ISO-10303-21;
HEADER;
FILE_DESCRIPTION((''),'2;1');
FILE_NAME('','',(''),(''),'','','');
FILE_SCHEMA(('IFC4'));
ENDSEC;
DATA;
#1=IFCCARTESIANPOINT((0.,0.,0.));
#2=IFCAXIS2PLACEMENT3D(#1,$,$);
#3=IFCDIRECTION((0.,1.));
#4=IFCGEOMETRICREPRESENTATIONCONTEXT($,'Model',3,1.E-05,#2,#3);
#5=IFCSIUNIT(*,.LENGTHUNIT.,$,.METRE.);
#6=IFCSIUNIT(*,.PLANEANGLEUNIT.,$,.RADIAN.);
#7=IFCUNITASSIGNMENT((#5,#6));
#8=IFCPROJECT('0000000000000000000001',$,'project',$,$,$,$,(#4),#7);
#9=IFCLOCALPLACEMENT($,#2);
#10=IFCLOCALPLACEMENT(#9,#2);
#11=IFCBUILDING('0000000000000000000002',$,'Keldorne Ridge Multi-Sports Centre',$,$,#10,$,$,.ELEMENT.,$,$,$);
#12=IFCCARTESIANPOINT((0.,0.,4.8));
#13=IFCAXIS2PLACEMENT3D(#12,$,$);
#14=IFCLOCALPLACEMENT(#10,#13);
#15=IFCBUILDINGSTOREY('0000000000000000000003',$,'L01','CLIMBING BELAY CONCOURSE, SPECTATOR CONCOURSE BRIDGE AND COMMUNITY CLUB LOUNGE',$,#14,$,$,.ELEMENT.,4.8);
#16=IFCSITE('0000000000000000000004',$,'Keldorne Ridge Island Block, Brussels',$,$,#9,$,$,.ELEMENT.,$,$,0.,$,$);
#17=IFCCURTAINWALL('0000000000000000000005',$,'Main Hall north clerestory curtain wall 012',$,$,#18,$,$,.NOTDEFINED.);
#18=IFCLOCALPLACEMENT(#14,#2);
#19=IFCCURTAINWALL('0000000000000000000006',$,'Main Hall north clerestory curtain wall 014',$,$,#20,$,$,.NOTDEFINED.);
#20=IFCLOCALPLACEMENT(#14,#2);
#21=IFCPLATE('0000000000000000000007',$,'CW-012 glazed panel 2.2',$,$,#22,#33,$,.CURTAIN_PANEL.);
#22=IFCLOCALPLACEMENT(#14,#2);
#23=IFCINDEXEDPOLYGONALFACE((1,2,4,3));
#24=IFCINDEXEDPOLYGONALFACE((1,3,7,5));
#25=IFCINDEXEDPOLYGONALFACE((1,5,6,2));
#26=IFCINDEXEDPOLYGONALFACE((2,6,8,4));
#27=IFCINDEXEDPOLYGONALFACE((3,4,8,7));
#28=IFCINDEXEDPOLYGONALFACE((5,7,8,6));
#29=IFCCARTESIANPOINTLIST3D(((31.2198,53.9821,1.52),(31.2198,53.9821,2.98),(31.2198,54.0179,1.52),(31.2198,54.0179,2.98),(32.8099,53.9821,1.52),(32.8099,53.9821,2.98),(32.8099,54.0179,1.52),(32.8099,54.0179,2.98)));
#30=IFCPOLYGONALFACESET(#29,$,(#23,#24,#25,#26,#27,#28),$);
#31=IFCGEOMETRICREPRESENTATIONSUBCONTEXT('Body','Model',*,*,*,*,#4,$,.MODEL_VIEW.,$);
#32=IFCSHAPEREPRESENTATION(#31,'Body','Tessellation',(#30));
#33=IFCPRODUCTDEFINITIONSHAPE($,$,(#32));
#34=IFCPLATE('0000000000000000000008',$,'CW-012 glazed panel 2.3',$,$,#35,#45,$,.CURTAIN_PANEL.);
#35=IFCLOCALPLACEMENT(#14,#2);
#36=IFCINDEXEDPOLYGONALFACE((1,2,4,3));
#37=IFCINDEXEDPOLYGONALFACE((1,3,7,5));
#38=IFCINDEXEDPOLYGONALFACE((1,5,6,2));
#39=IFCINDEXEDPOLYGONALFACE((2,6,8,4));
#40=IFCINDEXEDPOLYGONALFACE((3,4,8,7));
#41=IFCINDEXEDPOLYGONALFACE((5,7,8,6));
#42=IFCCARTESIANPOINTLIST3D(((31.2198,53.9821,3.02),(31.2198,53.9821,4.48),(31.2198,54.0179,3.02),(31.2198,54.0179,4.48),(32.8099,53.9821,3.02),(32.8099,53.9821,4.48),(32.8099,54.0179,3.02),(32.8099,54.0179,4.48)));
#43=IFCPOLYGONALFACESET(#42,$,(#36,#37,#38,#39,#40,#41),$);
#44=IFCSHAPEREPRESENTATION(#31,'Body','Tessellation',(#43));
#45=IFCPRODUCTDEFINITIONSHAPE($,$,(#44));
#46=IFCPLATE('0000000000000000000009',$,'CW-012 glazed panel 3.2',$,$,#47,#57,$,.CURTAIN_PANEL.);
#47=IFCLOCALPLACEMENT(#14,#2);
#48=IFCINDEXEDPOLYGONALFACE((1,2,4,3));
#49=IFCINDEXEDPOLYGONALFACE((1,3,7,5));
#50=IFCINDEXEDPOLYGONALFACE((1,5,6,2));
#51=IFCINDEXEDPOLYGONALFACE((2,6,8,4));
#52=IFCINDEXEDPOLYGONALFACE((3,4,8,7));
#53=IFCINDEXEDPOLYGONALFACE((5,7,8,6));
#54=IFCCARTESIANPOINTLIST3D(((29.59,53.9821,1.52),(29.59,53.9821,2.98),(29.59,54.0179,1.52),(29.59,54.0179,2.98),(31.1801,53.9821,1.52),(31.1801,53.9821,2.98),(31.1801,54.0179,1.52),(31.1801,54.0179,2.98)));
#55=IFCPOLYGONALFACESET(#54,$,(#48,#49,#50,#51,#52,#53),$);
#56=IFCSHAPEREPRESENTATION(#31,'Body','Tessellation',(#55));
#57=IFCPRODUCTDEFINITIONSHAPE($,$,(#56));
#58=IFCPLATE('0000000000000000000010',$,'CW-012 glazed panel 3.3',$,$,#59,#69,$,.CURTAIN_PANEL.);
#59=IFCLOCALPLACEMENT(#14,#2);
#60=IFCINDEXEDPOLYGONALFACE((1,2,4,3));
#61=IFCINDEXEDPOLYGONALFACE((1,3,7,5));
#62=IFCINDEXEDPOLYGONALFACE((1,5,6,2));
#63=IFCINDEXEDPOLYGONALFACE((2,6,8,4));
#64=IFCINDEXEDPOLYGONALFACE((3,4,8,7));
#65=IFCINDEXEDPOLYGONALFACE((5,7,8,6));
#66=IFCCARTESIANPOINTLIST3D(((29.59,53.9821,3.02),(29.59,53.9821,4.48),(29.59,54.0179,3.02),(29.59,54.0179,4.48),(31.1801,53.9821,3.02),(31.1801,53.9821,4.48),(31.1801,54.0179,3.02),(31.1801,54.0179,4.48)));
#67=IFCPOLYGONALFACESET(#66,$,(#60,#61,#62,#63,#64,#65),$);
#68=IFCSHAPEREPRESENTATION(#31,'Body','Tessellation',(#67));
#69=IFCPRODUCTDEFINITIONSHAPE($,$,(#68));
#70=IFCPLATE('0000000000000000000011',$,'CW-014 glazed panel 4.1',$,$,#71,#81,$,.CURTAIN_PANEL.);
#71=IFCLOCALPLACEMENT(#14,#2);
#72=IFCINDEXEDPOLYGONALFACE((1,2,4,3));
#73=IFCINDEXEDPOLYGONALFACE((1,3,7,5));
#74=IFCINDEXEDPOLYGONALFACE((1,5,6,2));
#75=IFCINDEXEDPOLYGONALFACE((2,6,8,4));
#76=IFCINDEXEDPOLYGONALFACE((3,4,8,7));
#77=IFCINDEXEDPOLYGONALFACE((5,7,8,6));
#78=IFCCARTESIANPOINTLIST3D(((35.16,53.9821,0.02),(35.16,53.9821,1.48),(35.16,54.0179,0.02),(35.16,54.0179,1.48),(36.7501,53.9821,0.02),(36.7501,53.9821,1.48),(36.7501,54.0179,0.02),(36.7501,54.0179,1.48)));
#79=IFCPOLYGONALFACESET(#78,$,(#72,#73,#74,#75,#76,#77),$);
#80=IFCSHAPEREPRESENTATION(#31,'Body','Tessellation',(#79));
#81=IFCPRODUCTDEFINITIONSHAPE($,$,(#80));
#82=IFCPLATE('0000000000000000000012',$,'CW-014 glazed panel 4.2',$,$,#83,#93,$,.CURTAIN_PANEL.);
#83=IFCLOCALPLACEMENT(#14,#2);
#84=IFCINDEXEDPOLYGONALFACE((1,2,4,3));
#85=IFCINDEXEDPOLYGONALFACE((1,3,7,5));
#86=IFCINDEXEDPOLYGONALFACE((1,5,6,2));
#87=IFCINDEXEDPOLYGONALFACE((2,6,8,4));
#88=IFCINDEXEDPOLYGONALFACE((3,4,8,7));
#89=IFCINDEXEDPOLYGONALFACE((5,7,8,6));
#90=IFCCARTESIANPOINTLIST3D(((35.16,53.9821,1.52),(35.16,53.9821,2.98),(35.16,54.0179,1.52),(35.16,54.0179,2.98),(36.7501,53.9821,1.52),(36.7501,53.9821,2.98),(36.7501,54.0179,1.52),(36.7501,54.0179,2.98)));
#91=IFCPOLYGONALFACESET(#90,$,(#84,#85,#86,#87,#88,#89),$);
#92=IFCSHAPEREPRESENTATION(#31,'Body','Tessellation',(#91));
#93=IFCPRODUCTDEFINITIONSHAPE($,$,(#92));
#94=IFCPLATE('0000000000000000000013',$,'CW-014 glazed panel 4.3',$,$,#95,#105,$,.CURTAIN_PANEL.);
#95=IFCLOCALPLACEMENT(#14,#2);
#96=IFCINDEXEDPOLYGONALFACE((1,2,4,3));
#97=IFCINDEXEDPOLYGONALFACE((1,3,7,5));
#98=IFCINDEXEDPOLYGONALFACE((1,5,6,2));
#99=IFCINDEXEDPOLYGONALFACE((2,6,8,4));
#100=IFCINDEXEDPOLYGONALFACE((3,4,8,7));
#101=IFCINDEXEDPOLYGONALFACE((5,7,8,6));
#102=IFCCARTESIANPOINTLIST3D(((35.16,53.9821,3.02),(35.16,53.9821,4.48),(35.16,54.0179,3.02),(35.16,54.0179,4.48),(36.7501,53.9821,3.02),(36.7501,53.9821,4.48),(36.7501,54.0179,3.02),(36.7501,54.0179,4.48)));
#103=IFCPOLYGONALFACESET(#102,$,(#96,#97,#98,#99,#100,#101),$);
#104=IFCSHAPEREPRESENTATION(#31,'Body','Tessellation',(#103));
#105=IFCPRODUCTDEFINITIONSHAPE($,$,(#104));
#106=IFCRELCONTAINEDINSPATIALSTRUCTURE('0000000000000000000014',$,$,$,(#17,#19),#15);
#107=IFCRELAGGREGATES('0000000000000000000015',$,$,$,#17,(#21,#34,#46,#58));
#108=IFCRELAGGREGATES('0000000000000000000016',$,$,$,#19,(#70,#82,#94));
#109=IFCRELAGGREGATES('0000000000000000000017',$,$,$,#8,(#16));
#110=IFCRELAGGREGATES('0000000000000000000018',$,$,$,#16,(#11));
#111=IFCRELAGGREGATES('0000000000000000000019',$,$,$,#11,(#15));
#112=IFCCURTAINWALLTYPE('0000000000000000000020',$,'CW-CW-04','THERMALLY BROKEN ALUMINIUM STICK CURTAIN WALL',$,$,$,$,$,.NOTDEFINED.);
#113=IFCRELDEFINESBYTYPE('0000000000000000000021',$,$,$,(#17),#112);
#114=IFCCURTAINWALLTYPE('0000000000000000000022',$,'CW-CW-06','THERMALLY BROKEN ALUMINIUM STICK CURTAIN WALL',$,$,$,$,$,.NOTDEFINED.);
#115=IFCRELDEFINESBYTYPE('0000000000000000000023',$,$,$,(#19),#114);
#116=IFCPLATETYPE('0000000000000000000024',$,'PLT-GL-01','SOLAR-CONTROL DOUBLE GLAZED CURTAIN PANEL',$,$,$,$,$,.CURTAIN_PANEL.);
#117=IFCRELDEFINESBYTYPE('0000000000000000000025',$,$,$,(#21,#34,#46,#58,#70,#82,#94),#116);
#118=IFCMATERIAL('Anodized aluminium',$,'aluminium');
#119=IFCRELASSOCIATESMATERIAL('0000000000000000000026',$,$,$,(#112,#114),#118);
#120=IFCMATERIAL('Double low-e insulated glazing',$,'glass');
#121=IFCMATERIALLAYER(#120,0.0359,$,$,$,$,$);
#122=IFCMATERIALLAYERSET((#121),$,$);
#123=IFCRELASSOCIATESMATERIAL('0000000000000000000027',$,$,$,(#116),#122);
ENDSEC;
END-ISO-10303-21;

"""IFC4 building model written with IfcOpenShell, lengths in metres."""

from ifc_helpers import new_model, si_unit, direction, frame, origin, origin_2d, place, context, subcontext, project, spatial, rectangle, extrude, material, layer, layer_set, type_object, element, aggregate, save


model = new_model("IFC4")

# Units and contexts
model_context = context("Model", 3, precision=1e-05, world=origin(), true_north=direction((0.0, 1.0)))
body_context = subcontext(model_context, "Body", "Model", "MODEL_VIEW")
ifc_project = project(units=[si_unit("LENGTHUNIT", "METRE"), si_unit("PLANEANGLEUNIT", "RADIAN")], contexts=[model_context])

# Site, building, storey
site_placement = place(None, origin())
site = spatial("IfcSite", under=ifc_project, at=site_placement, Name="Keldorne Ridge Island Block, Brussels", CompositionType="ELEMENT", RefElevation=0.0)
building_placement = place(site_placement, origin())
building = spatial("IfcBuilding", under=site, at=building_placement, Name="Keldorne Ridge Multi-Sports Centre", CompositionType="ELEMENT")
storey_placement = place(building_placement, frame((0.0, 0.0, 4.8)))
storey = spatial("IfcBuildingStorey", under=building, at=storey_placement, Name="L01", Description="CLIMBING BELAY CONCOURSE, SPECTATOR CONCOURSE BRIDGE AND COMMUNITY CLUB LOUNGE", CompositionType="ELEMENT", Elevation=4.8)

# Curtain walls
ifc_material_1 = material(Name="Anodized aluminium", Category="aluminium")
curtain_wall_type_1 = type_object("IfcCurtainWallType", Name="CW-CW-04", Description="THERMALLY BROKEN ALUMINIUM STICK CURTAIN WALL", PredefinedType="NOTDEFINED", material=ifc_material_1)
curtain_wall_1_placement = place(storey_placement, origin())
curtain_wall_1 = element("IfcCurtainWall", 1, at=curtain_wall_1_placement, inside=storey, type_object=curtain_wall_type_1, Name="Main Hall north clerestory curtain wall 012", PredefinedType="NOTDEFINED")
curtain_wall_type_2 = type_object("IfcCurtainWallType", Name="CW-CW-06", Description="THERMALLY BROKEN ALUMINIUM STICK CURTAIN WALL", PredefinedType="NOTDEFINED", material=ifc_material_1)
curtain_wall_2_placement = place(storey_placement, origin())
curtain_wall_2 = element("IfcCurtainWall", 2, at=curtain_wall_2_placement, inside=storey, type_object=curtain_wall_type_2, Name="Main Hall north clerestory curtain wall 014", PredefinedType="NOTDEFINED")

# Plates
ifc_material_2 = material(Name="Double low-e insulated glazing", Category="glass")
ifc_layer = layer(ifc_material_2, 0.0359)
ifc_layer_set = layer_set([ifc_layer])
plate_type = type_object("IfcPlateType", Name="PLT-GL-01", Description="SOLAR-CONTROL DOUBLE GLAZED CURTAIN PANEL", PredefinedType="CURTAIN_PANEL", material=ifc_layer_set)
plate_1_placement = place(storey_placement, frame((32.0149, 54.0, 1.52), z_axis=(0.0, 0.0, 1.0), x_axis=(-1.0, 0.0, 0.0)))
plate_1 = element("IfcPlate", 3, at=plate_1_placement, type_object=plate_type, Name="CW-012 glazed panel 2.2", PredefinedType="CURTAIN_PANEL", context=body_context, shape_type="SweptSolid", body=[
    extrude(rectangle(XDim=1.5901, YDim=0.0359, at=origin_2d()), origin(), (0.0, 0.0, 1.0), 1.46),
])
plate_2_placement = place(storey_placement, frame((32.0149, 54.0, 3.02), z_axis=(0.0, 0.0, 1.0), x_axis=(-1.0, 0.0, 0.0)))
plate_2 = element("IfcPlate", 4, at=plate_2_placement, type_object=plate_type, Name="CW-012 glazed panel 2.3", PredefinedType="CURTAIN_PANEL", context=body_context, shape_type="SweptSolid", body=[
    extrude(rectangle(XDim=1.5901, YDim=0.0359, at=origin_2d()), origin(), (0.0, 0.0, 1.0), 1.46),
])
plate_3_placement = place(storey_placement, frame((30.385, 54.0, 1.52), z_axis=(0.0, 0.0, 1.0), x_axis=(-1.0, 0.0, 0.0)))
plate_3 = element("IfcPlate", 5, at=plate_3_placement, type_object=plate_type, Name="CW-012 glazed panel 3.2", PredefinedType="CURTAIN_PANEL", context=body_context, shape_type="SweptSolid", body=[
    extrude(rectangle(XDim=1.5901, YDim=0.0359, at=origin_2d()), origin(), (0.0, 0.0, 1.0), 1.46),
])
plate_4_placement = place(storey_placement, frame((30.385, 54.0, 3.02), z_axis=(0.0, 0.0, 1.0), x_axis=(-1.0, 0.0, 0.0)))
plate_4 = element("IfcPlate", 6, at=plate_4_placement, type_object=plate_type, Name="CW-012 glazed panel 3.3", PredefinedType="CURTAIN_PANEL", context=body_context, shape_type="SweptSolid", body=[
    extrude(rectangle(XDim=1.5901, YDim=0.0359, at=origin_2d()), origin(), (0.0, 0.0, 1.0), 1.46),
])
aggregate(curtain_wall_1, [plate_1, plate_2, plate_3, plate_4])
plate_5_placement = place(storey_placement, frame((35.9551, 54.0, 0.02), z_axis=(0.0, 0.0, 1.0), x_axis=(-1.0, 0.0, 0.0)))
plate_5 = element("IfcPlate", 7, at=plate_5_placement, type_object=plate_type, Name="CW-014 glazed panel 4.1", PredefinedType="CURTAIN_PANEL", context=body_context, shape_type="SweptSolid", body=[
    extrude(rectangle(XDim=1.5901, YDim=0.0359, at=origin_2d()), origin(), (0.0, 0.0, 1.0), 1.46),
])
plate_6_placement = place(storey_placement, frame((35.9551, 54.0, 1.52), z_axis=(0.0, 0.0, 1.0), x_axis=(-1.0, 0.0, 0.0)))
plate_6 = element("IfcPlate", 8, at=plate_6_placement, type_object=plate_type, Name="CW-014 glazed panel 4.2", PredefinedType="CURTAIN_PANEL", context=body_context, shape_type="SweptSolid", body=[
    extrude(rectangle(XDim=1.5901, YDim=0.0359, at=origin_2d()), origin(), (0.0, 0.0, 1.0), 1.46),
])
plate_7_placement = place(storey_placement, frame((35.9551, 54.0, 3.02), z_axis=(0.0, 0.0, 1.0), x_axis=(-1.0, 0.0, 0.0)))
plate_7 = element("IfcPlate", 9, at=plate_7_placement, type_object=plate_type, Name="CW-014 glazed panel 4.3", PredefinedType="CURTAIN_PANEL", context=body_context, shape_type="SweptSolid", body=[
    extrude(rectangle(XDim=1.5901, YDim=0.0359, at=origin_2d()), origin(), (0.0, 0.0, 1.0), 1.46),
])
aggregate(curtain_wall_2, [plate_5, plate_6, plate_7])

save(model, "model.ifc")
